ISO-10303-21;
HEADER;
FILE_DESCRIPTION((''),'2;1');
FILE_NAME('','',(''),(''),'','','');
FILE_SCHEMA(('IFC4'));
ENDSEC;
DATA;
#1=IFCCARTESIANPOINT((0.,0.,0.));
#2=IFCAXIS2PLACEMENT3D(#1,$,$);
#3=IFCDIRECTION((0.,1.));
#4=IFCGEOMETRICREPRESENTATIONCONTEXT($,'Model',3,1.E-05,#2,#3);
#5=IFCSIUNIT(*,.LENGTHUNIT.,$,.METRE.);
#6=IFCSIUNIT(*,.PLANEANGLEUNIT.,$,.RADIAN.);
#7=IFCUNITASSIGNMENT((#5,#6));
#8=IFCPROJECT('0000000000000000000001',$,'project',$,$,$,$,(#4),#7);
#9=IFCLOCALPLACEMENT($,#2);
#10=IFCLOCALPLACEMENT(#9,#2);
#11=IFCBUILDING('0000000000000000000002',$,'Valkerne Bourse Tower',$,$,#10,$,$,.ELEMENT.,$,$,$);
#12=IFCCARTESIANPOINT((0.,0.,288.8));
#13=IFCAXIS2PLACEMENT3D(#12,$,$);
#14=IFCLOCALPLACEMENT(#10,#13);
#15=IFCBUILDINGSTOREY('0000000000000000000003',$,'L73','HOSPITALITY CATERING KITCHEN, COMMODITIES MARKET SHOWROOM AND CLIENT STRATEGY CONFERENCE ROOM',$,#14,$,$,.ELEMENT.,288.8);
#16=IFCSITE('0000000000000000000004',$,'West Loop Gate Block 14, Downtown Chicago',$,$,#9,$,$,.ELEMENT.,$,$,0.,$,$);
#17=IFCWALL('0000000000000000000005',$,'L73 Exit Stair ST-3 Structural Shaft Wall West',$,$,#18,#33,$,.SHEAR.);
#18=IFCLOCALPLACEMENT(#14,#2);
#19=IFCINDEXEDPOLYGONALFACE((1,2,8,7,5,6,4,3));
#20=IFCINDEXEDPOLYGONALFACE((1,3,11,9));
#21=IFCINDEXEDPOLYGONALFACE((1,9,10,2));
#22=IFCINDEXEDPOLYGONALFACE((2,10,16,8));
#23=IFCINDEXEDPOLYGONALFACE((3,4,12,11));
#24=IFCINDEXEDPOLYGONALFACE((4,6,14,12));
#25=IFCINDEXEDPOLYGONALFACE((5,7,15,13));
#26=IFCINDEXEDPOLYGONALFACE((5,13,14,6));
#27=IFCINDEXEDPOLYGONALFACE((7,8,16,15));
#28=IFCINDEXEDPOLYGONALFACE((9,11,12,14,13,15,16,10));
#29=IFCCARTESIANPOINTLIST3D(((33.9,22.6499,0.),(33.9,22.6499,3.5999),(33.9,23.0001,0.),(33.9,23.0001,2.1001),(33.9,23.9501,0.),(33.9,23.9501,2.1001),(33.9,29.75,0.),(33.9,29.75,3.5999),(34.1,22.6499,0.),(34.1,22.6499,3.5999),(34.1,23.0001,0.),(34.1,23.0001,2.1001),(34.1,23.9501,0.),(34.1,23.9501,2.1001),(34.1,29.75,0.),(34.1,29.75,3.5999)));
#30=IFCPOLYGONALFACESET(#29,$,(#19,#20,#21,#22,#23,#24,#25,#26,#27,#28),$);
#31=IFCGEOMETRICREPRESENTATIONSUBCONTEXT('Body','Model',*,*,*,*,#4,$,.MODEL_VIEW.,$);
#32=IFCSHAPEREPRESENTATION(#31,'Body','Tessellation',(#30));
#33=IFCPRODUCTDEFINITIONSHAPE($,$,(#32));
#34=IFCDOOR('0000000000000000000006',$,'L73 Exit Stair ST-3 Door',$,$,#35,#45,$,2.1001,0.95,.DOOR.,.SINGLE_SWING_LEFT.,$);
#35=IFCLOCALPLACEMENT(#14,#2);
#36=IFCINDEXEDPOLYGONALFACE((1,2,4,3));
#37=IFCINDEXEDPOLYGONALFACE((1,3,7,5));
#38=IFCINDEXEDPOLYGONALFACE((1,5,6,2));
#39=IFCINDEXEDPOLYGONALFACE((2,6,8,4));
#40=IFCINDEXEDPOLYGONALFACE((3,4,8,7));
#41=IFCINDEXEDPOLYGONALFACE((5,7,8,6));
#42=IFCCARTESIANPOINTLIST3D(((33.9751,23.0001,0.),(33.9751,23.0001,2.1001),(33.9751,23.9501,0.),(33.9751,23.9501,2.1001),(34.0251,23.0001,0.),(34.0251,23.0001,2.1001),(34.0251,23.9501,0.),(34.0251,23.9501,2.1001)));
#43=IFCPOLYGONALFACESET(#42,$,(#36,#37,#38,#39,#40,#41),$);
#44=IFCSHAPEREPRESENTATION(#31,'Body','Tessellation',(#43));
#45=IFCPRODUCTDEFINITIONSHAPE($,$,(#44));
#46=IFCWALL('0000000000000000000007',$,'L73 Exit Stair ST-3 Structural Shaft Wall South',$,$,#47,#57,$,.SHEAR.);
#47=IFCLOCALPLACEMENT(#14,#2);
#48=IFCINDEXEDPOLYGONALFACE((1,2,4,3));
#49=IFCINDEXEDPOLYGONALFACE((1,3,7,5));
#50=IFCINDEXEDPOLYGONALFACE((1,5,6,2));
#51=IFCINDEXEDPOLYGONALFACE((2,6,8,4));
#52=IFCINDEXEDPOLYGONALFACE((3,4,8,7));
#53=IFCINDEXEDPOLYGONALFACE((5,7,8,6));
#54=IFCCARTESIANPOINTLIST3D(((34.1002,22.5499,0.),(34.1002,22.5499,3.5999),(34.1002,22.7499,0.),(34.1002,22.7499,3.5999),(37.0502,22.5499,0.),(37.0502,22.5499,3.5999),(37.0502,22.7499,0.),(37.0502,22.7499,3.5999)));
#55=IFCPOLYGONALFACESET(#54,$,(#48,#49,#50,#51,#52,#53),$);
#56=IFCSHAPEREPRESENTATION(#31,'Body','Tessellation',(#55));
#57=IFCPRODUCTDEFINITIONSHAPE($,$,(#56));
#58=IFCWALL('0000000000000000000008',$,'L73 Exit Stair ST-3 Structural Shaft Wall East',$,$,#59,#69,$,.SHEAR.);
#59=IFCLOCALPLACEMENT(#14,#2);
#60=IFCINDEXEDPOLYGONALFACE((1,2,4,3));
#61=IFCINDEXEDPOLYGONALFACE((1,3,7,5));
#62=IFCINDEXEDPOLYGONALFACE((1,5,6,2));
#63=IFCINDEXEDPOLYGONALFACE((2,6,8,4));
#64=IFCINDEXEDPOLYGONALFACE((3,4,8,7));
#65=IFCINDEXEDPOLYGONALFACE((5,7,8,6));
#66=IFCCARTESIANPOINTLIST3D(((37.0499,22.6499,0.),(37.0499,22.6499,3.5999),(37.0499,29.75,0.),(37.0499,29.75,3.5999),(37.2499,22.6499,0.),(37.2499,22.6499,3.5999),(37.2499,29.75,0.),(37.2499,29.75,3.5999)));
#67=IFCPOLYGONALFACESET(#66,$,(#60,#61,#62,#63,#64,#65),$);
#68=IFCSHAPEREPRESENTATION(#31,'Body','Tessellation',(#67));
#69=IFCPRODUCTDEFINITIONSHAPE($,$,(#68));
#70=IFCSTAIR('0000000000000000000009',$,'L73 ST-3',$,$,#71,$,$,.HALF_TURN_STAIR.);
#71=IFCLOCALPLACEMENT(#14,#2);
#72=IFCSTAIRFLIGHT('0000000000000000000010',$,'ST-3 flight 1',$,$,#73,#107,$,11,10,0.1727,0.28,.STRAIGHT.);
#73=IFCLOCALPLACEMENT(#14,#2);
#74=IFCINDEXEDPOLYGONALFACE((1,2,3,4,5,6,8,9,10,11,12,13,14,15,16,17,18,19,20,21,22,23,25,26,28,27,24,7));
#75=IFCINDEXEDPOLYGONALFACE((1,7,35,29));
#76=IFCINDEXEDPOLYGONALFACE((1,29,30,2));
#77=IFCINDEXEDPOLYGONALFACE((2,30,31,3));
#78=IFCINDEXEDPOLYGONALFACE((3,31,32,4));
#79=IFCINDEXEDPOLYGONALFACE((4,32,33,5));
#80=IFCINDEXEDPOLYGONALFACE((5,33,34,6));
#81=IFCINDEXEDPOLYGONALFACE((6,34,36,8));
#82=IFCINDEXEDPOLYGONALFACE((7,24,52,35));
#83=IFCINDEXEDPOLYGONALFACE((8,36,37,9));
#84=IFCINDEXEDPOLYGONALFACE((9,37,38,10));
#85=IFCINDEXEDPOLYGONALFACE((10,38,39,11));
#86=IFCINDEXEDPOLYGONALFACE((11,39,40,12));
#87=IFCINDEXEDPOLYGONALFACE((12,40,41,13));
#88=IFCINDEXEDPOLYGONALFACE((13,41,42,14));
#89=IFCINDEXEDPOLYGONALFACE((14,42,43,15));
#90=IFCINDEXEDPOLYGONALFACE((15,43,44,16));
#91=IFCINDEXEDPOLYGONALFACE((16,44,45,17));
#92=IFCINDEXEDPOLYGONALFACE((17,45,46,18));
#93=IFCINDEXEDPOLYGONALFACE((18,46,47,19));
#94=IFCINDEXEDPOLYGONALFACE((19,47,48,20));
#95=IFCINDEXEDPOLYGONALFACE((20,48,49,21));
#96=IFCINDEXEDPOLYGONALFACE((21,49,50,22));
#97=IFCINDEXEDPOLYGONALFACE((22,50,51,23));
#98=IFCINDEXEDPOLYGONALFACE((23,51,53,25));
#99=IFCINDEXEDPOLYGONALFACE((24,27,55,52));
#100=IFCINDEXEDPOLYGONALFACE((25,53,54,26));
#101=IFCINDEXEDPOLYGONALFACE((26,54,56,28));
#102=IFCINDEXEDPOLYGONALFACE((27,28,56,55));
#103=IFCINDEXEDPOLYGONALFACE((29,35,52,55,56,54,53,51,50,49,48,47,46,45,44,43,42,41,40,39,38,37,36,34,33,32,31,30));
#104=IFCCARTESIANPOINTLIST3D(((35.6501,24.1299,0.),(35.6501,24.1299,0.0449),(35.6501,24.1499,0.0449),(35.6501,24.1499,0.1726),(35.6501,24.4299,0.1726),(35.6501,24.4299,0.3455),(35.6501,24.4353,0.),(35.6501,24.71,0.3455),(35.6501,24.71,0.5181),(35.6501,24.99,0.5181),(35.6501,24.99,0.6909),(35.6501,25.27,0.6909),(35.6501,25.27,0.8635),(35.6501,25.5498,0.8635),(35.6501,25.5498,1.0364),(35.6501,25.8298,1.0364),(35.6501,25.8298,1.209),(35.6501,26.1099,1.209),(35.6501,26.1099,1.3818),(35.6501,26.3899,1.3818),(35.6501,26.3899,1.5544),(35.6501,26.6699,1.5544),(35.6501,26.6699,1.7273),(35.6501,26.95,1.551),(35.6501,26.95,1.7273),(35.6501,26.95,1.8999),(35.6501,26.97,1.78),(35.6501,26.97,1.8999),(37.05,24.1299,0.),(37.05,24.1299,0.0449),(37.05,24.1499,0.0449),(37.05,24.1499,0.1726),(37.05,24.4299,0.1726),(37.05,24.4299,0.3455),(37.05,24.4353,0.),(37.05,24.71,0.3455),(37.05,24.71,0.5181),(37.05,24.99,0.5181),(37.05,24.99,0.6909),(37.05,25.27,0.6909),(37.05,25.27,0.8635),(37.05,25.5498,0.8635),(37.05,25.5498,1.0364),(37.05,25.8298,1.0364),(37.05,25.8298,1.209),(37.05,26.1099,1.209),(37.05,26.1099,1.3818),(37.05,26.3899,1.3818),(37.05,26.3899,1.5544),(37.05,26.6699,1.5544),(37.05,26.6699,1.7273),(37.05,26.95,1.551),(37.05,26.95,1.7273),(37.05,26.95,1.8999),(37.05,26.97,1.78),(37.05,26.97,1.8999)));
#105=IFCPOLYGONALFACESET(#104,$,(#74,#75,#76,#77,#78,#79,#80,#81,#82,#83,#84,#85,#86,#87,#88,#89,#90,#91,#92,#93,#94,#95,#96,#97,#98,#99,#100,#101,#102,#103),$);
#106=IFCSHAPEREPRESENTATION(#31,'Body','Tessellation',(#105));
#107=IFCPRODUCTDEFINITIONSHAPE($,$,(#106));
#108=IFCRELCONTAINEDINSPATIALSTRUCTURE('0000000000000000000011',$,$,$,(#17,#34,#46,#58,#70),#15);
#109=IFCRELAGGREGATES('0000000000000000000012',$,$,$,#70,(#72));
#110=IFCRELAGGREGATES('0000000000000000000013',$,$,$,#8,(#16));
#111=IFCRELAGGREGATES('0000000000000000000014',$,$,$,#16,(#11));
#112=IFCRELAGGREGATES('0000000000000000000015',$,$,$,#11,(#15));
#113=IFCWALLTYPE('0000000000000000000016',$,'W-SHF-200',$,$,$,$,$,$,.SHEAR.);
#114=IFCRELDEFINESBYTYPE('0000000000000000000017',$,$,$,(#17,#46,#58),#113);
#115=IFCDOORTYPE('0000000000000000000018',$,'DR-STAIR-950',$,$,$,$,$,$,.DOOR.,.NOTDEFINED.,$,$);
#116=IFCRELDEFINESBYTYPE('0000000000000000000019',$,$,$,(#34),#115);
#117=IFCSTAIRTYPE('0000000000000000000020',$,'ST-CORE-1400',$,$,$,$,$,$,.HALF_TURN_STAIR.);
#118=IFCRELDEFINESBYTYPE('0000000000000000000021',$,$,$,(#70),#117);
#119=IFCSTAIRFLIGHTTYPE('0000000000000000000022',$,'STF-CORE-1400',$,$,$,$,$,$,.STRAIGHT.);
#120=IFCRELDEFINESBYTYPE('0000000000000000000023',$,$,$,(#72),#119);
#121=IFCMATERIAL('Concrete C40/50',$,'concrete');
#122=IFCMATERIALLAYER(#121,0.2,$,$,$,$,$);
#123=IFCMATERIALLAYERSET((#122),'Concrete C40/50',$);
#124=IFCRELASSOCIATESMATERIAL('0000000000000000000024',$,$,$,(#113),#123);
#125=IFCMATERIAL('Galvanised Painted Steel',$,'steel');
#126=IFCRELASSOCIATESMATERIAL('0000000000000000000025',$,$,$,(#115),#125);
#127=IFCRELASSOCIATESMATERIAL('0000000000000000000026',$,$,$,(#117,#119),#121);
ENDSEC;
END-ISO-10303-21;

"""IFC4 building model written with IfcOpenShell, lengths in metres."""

from ifc_helpers import new_model, si_unit, direction, frame, frame_2d, origin, place, context, subcontext, project, spatial, polyline, rectangle, outline, extrude, material, layer, layer_set, type_object, element, fill, aggregate, save


model = new_model("IFC4")

# Units and contexts
model_context = context("Model", 3, precision=1e-05, world=origin(), true_north=direction((0.0, 1.0)))
body_context = subcontext(model_context, "Body", "Model", "MODEL_VIEW")
ifc_project = project(units=[si_unit("LENGTHUNIT", "METRE"), si_unit("PLANEANGLEUNIT", "RADIAN")], contexts=[model_context])

# Site, building, storey
site_placement = place(None, origin())
site = spatial("IfcSite", under=ifc_project, at=site_placement, Name="West Loop Gate Block 14, Downtown Chicago", CompositionType="ELEMENT", RefElevation=0.0)
building_placement = place(site_placement, origin())
building = spatial("IfcBuilding", under=site, at=building_placement, Name="Valkerne Bourse Tower", CompositionType="ELEMENT")
storey_placement = place(building_placement, frame((0.0, 0.0, 288.8)))
storey = spatial("IfcBuildingStorey", under=building, at=storey_placement, Name="L73", Description="HOSPITALITY CATERING KITCHEN, COMMODITIES MARKET SHOWROOM AND CLIENT STRATEGY CONFERENCE ROOM", CompositionType="ELEMENT", Elevation=288.8)

# Wall, opening, door
ifc_material_1 = material(Name="Concrete C40/50", Category="concrete")
ifc_layer_1 = layer(ifc_material_1, 0.2)
ifc_layer_set_1 = layer_set([ifc_layer_1], Name="Concrete C40/50")
wall_type_1 = type_object("IfcWallType", Name="W-SHF-200", PredefinedType="SHEAR", material=ifc_layer_set_1)
wall_1_placement = place(storey_placement, frame((34.0, 22.6499, 0.0), z_axis=(0.0, 0.0, 1.0), x_axis=(0.0, 1.0, 0.0)))
wall_1 = element("IfcWall", 1, at=wall_1_placement, inside=storey, type_object=wall_type_1, Name="L73 Exit Stair ST-3 Structural Shaft Wall West", PredefinedType="SHEAR", context=body_context, shape_type="SweptSolid", body=[
    extrude(rectangle(XDim=7.1001, YDim=0.2, at=frame_2d((3.55, 0.0))), origin(), (0.0, 0.0, 1.0), 3.5999),
])
opening_placement = place(wall_1_placement, frame((0.3501, 0.0, 0.0)))
opening = element("IfcOpeningElement", 2, at=opening_placement, cuts=wall_1, PredefinedType="OPENING", context=body_context, shape_type="SweptSolid", body=[
    extrude(rectangle(XDim=0.95, YDim=2.1001, at=frame_2d((0.4751, 1.05))), frame((0.0, 0.1099, 0.0), z_axis=(0.0, -1.0, 0.0), x_axis=(1.0, 0.0, 0.0)), (0.0, 0.0, 1.0), 0.22),
])
ifc_material_2 = material(Name="Galvanised Painted Steel", Category="steel")
door_type = type_object("IfcDoorType", Name="DR-STAIR-950", OperationType="NOTDEFINED", PredefinedType="DOOR", material=ifc_material_2)
door_placement = place(opening_placement, origin())
door = element("IfcDoor", 3, at=door_placement, inside=storey, type_object=door_type, Name="L73 Exit Stair ST-3 Door", OperationType="SINGLE_SWING_LEFT", OverallHeight=2.1001, OverallWidth=0.95, PredefinedType="DOOR", context=body_context, shape_type="SweptSolid", body=[
    extrude(rectangle(XDim=0.95, YDim=2.1001, at=frame_2d((0.4751, 1.05))), frame((0.0, 0.0249, 0.0), z_axis=(0.0, -1.0, 0.0), x_axis=(1.0, 0.0, 0.0)), (0.0, 0.0, 1.0), 0.05),
])
fill(opening, door)

# Walls
wall_2_placement = place(storey_placement, frame((34.1001, 22.6499, 0.0), z_axis=(0.0, 0.0, 1.0), x_axis=(1.0, 0.0, 0.0)))
element("IfcWall", 4, at=wall_2_placement, inside=storey, type_object=wall_type_1, Name="L73 Exit Stair ST-3 Structural Shaft Wall South", PredefinedType="SHEAR", context=body_context, shape_type="SweptSolid", body=[
    extrude(rectangle(XDim=2.95, YDim=0.2, at=frame_2d((1.4751, 0.0))), origin(), (0.0, 0.0, 1.0), 3.5999),
])
wall_3_placement = place(storey_placement, frame((37.1499, 22.6499, 0.0), z_axis=(0.0, 0.0, 1.0), x_axis=(0.0, 1.0, 0.0)))
element("IfcWall", 5, at=wall_3_placement, inside=storey, type_object=wall_type_1, Name="L73 Exit Stair ST-3 Structural Shaft Wall East", PredefinedType="SHEAR", context=body_context, shape_type="SweptSolid", body=[
    extrude(rectangle(XDim=7.1001, YDim=0.2, at=frame_2d((3.55, 0.0))), origin(), (0.0, 0.0, 1.0), 3.5999),
])

# Stair, stair flight
stair_type = type_object("IfcStairType", Name="ST-CORE-1400", PredefinedType="HALF_TURN_STAIR", material=ifc_material_1)
stair_placement = place(storey_placement, origin())
stair = element("IfcStair", 6, at=stair_placement, inside=storey, type_object=stair_type, Name="L73 ST-3", PredefinedType="HALF_TURN_STAIR")
stair_flight_type = type_object("IfcStairFlightType", Name="STF-CORE-1400", PredefinedType="STRAIGHT", material=ifc_material_1)
stair_flight_placement = place(storey_placement, frame((36.3501, 24.1499, 0.0), z_axis=(0.0, 0.0, 1.0), x_axis=(0.0, 1.0, 0.0)))
stair_flight = element("IfcStairFlight", 7, at=stair_flight_placement, type_object=stair_flight_type, Name="ST-3 flight 1", NumberOfRisers=11, NumberOfTreads=10, PredefinedType="STRAIGHT", RiserHeight=0.1727, TreadLength=0.28, context=body_context, shape_type="SweptSolid", body=[
    extrude(outline(polyline([(-0.02, 0.0), (-0.02, 0.0449), (0.0, 0.0449), (0.0, 0.1726), (0.28, 0.1726), (0.28, 0.3455), (0.5601, 0.3455), (0.5601, 0.5181), (0.8401, 0.5181), (0.8401, 0.6909), (1.1201, 0.6909), (1.1201, 0.8635), (1.3999, 0.8635), (1.3999, 1.0364), (1.6799, 1.0364), (1.6799, 1.209), (1.96, 1.209), (1.96, 1.3818), (2.24, 1.3818), (2.24, 1.5544), (2.52, 1.5544), (2.52, 1.7273), (2.8, 1.7273), (2.8, 1.8999), (2.8201, 1.8999), (2.8201, 1.78), (2.8, 1.551), (0.2854, 0.0), (-0.02, 0.0)])), frame((0.0, 0.7, 0.0), z_axis=(0.0, -1.0, 0.0), x_axis=(1.0, 0.0, 0.0)), (0.0, 0.0, 1.0), 1.3999),
])
aggregate(stair, [stair_flight])

save(model, "model.ifc")
